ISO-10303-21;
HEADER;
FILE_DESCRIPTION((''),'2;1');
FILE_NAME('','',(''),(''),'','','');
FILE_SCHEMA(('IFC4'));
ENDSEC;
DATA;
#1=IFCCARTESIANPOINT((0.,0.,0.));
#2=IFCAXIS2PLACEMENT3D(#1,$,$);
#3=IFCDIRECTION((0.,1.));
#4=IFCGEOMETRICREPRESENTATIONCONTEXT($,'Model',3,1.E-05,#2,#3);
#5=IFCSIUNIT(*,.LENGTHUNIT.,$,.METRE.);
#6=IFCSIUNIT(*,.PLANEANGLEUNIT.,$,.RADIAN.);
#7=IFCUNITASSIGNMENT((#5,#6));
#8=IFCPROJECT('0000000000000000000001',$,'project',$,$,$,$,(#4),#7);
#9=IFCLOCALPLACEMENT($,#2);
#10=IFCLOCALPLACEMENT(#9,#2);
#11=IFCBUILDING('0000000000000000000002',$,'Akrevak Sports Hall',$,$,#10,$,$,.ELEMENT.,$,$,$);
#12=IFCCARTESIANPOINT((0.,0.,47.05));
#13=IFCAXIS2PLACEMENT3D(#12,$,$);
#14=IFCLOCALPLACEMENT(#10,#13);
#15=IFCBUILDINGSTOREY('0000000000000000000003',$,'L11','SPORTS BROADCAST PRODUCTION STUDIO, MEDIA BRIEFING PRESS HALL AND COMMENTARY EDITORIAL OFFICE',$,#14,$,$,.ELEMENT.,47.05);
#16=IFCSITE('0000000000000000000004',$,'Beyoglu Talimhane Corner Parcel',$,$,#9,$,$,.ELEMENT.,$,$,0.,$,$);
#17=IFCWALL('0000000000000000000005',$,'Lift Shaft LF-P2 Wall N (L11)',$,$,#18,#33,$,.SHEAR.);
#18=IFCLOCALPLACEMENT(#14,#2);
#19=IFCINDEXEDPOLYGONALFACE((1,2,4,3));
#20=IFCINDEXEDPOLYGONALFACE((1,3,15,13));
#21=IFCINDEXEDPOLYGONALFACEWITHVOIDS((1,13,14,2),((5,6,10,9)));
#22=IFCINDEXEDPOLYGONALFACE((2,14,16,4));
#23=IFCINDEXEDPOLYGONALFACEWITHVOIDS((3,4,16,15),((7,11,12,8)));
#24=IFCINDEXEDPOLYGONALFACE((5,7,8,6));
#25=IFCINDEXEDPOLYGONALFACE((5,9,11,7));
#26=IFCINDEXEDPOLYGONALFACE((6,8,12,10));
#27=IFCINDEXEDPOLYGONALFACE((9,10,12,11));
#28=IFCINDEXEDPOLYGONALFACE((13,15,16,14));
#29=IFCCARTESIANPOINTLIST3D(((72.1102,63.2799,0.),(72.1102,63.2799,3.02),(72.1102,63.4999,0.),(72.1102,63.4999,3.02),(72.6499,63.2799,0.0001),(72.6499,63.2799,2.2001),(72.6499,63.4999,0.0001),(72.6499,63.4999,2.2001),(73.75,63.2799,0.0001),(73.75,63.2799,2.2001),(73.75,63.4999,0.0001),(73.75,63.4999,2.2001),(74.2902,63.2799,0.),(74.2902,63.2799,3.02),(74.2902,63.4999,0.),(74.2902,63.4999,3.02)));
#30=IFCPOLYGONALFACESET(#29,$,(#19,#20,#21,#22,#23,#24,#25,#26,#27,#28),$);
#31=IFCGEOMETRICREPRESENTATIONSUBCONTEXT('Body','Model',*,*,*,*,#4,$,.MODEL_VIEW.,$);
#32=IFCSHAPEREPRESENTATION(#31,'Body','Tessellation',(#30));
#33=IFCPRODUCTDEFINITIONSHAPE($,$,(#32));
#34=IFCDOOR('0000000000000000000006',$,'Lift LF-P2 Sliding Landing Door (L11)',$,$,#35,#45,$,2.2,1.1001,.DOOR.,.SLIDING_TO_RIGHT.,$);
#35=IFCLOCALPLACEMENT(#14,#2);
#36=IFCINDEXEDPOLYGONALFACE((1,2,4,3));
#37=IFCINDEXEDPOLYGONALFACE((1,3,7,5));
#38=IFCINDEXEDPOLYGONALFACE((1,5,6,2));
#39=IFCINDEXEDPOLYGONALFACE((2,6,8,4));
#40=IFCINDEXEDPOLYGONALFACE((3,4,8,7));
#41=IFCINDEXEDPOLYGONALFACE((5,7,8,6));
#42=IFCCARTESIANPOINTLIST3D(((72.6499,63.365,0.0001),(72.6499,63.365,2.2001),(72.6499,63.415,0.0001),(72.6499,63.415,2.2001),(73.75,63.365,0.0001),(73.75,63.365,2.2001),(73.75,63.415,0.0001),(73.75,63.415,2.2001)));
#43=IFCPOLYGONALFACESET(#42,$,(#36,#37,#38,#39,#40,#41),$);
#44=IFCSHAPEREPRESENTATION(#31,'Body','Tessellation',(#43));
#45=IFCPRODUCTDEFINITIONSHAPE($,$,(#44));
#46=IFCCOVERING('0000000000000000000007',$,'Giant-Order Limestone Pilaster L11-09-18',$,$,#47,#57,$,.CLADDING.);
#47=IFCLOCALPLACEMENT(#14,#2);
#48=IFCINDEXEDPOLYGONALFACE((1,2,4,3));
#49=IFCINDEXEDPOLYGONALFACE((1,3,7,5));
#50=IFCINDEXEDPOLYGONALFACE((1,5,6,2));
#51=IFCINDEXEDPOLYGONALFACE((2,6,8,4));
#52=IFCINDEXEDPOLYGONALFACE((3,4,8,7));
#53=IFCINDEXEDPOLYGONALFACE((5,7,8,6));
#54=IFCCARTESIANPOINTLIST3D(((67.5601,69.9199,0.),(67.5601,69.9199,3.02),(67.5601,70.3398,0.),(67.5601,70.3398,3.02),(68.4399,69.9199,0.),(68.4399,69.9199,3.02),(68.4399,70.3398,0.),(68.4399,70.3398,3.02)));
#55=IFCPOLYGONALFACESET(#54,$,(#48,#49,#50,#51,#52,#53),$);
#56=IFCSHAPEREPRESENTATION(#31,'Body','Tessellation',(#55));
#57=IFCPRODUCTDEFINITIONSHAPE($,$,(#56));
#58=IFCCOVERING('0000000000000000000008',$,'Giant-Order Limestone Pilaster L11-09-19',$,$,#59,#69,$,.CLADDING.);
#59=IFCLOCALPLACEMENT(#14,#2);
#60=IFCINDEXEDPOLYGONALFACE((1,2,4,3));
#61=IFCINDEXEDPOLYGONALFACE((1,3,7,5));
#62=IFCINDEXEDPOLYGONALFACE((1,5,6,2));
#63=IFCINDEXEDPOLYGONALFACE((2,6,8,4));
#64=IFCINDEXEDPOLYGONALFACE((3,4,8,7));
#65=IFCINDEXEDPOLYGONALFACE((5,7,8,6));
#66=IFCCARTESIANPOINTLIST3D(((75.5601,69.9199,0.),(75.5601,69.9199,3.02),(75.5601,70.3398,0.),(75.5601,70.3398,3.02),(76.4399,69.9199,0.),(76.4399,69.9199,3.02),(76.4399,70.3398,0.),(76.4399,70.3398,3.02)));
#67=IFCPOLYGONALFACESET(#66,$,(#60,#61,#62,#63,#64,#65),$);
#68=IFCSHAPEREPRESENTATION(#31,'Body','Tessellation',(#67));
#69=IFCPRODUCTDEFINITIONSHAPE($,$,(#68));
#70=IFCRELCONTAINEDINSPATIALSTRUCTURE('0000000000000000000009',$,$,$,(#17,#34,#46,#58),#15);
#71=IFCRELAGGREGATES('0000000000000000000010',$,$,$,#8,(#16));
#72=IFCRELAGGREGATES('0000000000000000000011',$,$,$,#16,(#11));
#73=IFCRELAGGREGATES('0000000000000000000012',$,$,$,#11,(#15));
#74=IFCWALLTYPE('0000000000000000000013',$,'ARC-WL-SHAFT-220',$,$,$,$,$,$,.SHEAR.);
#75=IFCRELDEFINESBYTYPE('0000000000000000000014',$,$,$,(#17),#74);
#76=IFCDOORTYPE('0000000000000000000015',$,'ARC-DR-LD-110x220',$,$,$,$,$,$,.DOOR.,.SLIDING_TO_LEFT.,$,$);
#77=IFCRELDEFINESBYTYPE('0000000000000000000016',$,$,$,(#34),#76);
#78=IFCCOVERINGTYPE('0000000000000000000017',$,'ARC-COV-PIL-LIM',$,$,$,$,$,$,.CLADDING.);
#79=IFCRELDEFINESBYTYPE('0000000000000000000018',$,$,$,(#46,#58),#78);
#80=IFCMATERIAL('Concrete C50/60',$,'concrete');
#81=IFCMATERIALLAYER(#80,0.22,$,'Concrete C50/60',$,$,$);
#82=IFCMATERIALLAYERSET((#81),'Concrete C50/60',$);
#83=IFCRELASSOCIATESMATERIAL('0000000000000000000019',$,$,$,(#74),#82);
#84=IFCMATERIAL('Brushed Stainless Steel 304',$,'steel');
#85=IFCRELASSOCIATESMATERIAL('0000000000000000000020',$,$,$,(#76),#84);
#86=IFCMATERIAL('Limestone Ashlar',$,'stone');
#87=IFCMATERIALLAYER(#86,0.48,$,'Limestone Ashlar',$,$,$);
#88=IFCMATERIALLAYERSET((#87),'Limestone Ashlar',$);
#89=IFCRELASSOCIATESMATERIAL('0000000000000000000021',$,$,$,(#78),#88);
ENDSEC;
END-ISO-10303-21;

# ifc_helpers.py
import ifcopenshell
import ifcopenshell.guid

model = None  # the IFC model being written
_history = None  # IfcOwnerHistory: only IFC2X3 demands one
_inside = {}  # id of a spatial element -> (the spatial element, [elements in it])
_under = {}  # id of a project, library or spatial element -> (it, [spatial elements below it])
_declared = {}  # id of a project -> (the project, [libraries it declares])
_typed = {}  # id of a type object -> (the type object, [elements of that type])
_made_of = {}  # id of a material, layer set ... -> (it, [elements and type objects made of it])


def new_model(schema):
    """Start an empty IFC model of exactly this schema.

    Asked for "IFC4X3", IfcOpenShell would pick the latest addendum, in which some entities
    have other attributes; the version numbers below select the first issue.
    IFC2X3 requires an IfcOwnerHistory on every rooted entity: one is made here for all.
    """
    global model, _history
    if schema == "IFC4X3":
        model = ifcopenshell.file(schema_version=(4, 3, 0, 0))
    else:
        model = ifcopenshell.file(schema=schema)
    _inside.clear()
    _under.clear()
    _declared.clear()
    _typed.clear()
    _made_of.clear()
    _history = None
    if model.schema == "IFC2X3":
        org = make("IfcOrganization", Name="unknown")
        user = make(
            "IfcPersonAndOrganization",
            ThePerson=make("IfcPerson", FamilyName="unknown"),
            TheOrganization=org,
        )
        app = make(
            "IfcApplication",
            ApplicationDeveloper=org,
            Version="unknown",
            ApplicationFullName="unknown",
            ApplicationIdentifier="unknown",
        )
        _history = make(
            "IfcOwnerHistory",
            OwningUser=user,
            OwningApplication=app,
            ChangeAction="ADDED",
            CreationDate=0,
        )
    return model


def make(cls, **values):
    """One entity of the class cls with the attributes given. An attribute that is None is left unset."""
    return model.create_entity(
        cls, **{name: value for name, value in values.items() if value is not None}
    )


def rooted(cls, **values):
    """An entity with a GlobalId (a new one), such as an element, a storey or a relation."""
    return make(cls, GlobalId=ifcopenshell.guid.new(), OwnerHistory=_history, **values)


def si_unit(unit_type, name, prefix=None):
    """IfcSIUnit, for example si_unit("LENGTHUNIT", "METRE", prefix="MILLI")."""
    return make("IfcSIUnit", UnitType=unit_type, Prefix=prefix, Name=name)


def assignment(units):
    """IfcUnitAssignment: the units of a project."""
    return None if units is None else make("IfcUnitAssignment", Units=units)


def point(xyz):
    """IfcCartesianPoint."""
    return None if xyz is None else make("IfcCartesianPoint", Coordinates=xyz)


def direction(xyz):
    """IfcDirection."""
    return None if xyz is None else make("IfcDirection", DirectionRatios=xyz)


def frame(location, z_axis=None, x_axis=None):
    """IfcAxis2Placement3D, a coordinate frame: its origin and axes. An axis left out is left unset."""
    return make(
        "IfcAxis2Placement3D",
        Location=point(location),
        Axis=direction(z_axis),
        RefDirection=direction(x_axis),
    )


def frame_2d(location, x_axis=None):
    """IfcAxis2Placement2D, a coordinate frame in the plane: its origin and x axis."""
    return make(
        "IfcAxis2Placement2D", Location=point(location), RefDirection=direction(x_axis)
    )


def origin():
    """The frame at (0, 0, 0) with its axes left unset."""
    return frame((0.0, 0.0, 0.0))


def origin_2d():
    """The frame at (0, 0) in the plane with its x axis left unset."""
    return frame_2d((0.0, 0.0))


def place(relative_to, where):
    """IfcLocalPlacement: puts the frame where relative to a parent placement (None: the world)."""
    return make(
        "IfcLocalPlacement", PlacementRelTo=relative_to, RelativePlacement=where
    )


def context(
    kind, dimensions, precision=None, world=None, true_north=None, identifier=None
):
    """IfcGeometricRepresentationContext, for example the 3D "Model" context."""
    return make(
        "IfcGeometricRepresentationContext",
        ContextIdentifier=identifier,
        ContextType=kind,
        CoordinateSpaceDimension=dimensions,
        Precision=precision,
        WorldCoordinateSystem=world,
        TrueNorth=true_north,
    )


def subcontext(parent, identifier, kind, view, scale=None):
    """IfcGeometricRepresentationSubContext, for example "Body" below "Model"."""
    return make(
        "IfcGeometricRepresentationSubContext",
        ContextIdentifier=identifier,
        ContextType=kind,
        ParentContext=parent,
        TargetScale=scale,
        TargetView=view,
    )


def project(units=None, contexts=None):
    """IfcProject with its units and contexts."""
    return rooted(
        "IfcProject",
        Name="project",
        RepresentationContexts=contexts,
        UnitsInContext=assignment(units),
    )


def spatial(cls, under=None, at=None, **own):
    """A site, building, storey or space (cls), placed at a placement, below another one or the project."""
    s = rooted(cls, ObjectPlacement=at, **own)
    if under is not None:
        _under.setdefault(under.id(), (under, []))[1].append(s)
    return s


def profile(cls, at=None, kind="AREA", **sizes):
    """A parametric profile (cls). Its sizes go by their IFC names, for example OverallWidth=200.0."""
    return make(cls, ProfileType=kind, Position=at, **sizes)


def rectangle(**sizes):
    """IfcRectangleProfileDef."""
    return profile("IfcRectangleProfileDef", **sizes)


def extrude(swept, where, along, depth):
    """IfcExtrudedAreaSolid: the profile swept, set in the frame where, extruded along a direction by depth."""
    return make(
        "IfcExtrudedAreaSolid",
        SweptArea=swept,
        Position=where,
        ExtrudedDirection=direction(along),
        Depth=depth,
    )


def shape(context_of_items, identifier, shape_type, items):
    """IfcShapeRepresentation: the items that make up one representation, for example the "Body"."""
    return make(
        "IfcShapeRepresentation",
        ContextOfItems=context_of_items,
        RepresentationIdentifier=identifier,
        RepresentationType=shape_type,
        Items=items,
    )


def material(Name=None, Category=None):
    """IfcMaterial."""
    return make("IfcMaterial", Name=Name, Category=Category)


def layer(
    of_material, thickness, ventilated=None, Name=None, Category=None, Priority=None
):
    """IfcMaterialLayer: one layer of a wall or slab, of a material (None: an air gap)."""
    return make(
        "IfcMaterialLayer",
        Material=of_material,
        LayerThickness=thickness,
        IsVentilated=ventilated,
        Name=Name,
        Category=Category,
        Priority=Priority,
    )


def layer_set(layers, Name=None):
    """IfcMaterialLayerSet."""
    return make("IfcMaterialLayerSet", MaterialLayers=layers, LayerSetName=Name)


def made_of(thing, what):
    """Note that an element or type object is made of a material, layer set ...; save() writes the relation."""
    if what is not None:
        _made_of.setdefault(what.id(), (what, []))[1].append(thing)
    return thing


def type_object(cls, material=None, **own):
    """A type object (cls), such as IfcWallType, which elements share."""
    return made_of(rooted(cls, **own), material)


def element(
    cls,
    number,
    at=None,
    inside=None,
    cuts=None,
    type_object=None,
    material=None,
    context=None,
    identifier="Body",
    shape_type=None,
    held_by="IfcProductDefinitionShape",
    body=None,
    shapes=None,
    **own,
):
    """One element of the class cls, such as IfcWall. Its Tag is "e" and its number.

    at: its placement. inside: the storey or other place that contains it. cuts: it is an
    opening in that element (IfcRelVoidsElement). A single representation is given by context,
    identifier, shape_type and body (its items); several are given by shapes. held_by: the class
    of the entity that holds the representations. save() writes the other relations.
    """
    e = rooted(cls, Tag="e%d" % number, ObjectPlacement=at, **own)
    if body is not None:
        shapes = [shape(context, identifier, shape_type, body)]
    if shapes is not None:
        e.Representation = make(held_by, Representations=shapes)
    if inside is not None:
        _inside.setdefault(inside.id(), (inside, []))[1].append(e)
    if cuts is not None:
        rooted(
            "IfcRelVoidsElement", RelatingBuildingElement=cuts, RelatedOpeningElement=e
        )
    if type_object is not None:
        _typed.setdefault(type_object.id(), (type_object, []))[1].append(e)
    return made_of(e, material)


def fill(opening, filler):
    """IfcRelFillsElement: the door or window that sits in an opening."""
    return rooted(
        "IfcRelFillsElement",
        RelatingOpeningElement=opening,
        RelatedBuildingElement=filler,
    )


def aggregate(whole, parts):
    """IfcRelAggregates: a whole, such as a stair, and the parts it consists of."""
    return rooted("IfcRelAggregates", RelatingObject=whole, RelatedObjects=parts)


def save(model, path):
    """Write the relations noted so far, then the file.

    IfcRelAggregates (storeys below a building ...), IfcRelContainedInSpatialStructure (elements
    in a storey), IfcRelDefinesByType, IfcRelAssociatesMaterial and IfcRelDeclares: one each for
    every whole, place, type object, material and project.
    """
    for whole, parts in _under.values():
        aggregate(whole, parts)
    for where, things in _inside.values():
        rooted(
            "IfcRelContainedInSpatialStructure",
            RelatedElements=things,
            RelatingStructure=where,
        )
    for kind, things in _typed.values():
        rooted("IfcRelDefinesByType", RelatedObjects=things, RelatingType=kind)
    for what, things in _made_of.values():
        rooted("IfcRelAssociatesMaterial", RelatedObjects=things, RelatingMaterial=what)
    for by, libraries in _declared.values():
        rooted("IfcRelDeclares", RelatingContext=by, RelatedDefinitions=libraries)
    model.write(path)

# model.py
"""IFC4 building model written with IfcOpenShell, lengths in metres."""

from ifc_helpers import new_model, si_unit, direction, frame, frame_2d, origin, origin_2d, place, context, subcontext, project, spatial, rectangle, extrude, material, layer, layer_set, type_object, element, fill, save


model = new_model("IFC4")

# Units and contexts
model_context = context("Model", 3, precision=1e-05, world=origin(), true_north=direction((0.0, 1.0)))
body_context = subcontext(model_context, "Body", "Model", "MODEL_VIEW")
ifc_project = project(units=[si_unit("LENGTHUNIT", "METRE"), si_unit("PLANEANGLEUNIT", "RADIAN")], contexts=[model_context])

# Site, building, storey
site_placement = place(None, origin())
site = spatial("IfcSite", under=ifc_project, at=site_placement, Name="Beyoglu Talimhane Corner Parcel", CompositionType="ELEMENT", RefElevation=0.0)
building_placement = place(site_placement, origin())
building = spatial("IfcBuilding", under=site, at=building_placement, Name="Akrevak Sports Hall", CompositionType="ELEMENT")
storey_placement = place(building_placement, frame((0.0, 0.0, 47.05)))
storey = spatial("IfcBuildingStorey", under=building, at=storey_placement, Name="L11", Description="SPORTS BROADCAST PRODUCTION STUDIO, MEDIA BRIEFING PRESS HALL AND COMMENTARY EDITORIAL OFFICE", CompositionType="ELEMENT", Elevation=47.05)

# Wall, opening, door
ifc_material_1 = material(Name="Concrete C50/60", Category="concrete")
ifc_layer_1 = layer(ifc_material_1, 0.22, Name="Concrete C50/60")
ifc_layer_set_1 = layer_set([ifc_layer_1], Name="Concrete C50/60")
wall_type_1 = type_object("IfcWallType", Name="ARC-WL-SHAFT-220", PredefinedType="SHEAR", material=ifc_layer_set_1)
wall_1_placement = place(storey_placement, frame((74.29, 63.3899, 0.0), z_axis=(0.0, 0.0, 1.0), x_axis=(-1.0, 0.0, 0.0)))
wall_1 = element("IfcWall", 1, at=wall_1_placement, inside=storey, type_object=wall_type_1, Name="Lift Shaft LF-P2 Wall N (L11)", PredefinedType="SHEAR", context=body_context, shape_type="SweptSolid", body=[
    extrude(rectangle(XDim=2.1799, YDim=0.22, at=frame_2d((1.0898, 0.0))), origin(), (0.0, 0.0, 1.0), 3.02),
])
opening_1_placement = place(wall_1_placement, frame((0.54, 0.0, 0.0)))
opening_1 = element("IfcOpeningElement", 2, at=opening_1_placement, cuts=wall_1, PredefinedType="OPENING", context=body_context, shape_type="SweptSolid", body=[
    extrude(rectangle(XDim=1.1001, YDim=2.2, at=frame_2d((0.55, 1.1001))), frame((0.0, 0.1221, 0.0), z_axis=(0.0, -1.0, 0.0), x_axis=(1.0, 0.0, 0.0)), (0.0, 0.0, 1.0), 0.2439),
])
ifc_material_2 = material(Name="Brushed Stainless Steel 304", Category="steel")
door_type_1 = type_object("IfcDoorType", Name="ARC-DR-LD-110x220", OperationType="SLIDING_TO_LEFT", PredefinedType="DOOR", material=ifc_material_2)
door_1_placement = place(opening_1_placement, origin())
door_1 = element("IfcDoor", 3, at=door_1_placement, inside=storey, type_object=door_type_1, Name="Lift LF-P2 Sliding Landing Door (L11)", OperationType="SLIDING_TO_RIGHT", OverallHeight=2.2, OverallWidth=1.1001, PredefinedType="DOOR", context=body_context, shape_type="SweptSolid", body=[
    extrude(rectangle(XDim=1.1001, YDim=2.2, at=frame_2d((0.55, 1.1001))), frame((0.0, 0.0249, 0.0), z_axis=(0.0, -1.0, 0.0), x_axis=(1.0, 0.0, 0.0)), (0.0, 0.0, 1.0), 0.05),
])
fill(opening_1, door_1)

# Coverings
ifc_material_3 = material(Name="Limestone Ashlar", Category="stone")
ifc_layer_2 = layer(ifc_material_3, 0.48, Name="Limestone Ashlar")
ifc_layer_set_2 = layer_set([ifc_layer_2], Name="Limestone Ashlar")
covering_type = type_object("IfcCoveringType", Name="ARC-COV-PIL-LIM", PredefinedType="CLADDING", material=ifc_layer_set_2)
for number, where, z_axis, x_axis, name in (
    (4, (68.0, 70.1299, 0.0), (0.0, 0.0, 1.0), (-1.0, 0.0, 0.0), "Giant-Order Limestone Pilaster L11-09-18"),
    (5, (76.0, 70.1299, 0.0), (0.0, 0.0, 1.0), (-1.0, 0.0, 0.0), "Giant-Order Limestone Pilaster L11-09-19"),
):
    element("IfcCovering", number, at=place(storey_placement, frame(where, z_axis=z_axis, x_axis=x_axis)), inside=storey, type_object=covering_type, Name=name, PredefinedType="CLADDING", context=body_context, shape_type="SweptSolid", body=[
        extrude(rectangle(XDim=0.8799, YDim=0.4199, at=origin_2d()), origin(), (0.0, 0.0, 1.0), 3.02),
    ])

save(model, "model.ifc")
